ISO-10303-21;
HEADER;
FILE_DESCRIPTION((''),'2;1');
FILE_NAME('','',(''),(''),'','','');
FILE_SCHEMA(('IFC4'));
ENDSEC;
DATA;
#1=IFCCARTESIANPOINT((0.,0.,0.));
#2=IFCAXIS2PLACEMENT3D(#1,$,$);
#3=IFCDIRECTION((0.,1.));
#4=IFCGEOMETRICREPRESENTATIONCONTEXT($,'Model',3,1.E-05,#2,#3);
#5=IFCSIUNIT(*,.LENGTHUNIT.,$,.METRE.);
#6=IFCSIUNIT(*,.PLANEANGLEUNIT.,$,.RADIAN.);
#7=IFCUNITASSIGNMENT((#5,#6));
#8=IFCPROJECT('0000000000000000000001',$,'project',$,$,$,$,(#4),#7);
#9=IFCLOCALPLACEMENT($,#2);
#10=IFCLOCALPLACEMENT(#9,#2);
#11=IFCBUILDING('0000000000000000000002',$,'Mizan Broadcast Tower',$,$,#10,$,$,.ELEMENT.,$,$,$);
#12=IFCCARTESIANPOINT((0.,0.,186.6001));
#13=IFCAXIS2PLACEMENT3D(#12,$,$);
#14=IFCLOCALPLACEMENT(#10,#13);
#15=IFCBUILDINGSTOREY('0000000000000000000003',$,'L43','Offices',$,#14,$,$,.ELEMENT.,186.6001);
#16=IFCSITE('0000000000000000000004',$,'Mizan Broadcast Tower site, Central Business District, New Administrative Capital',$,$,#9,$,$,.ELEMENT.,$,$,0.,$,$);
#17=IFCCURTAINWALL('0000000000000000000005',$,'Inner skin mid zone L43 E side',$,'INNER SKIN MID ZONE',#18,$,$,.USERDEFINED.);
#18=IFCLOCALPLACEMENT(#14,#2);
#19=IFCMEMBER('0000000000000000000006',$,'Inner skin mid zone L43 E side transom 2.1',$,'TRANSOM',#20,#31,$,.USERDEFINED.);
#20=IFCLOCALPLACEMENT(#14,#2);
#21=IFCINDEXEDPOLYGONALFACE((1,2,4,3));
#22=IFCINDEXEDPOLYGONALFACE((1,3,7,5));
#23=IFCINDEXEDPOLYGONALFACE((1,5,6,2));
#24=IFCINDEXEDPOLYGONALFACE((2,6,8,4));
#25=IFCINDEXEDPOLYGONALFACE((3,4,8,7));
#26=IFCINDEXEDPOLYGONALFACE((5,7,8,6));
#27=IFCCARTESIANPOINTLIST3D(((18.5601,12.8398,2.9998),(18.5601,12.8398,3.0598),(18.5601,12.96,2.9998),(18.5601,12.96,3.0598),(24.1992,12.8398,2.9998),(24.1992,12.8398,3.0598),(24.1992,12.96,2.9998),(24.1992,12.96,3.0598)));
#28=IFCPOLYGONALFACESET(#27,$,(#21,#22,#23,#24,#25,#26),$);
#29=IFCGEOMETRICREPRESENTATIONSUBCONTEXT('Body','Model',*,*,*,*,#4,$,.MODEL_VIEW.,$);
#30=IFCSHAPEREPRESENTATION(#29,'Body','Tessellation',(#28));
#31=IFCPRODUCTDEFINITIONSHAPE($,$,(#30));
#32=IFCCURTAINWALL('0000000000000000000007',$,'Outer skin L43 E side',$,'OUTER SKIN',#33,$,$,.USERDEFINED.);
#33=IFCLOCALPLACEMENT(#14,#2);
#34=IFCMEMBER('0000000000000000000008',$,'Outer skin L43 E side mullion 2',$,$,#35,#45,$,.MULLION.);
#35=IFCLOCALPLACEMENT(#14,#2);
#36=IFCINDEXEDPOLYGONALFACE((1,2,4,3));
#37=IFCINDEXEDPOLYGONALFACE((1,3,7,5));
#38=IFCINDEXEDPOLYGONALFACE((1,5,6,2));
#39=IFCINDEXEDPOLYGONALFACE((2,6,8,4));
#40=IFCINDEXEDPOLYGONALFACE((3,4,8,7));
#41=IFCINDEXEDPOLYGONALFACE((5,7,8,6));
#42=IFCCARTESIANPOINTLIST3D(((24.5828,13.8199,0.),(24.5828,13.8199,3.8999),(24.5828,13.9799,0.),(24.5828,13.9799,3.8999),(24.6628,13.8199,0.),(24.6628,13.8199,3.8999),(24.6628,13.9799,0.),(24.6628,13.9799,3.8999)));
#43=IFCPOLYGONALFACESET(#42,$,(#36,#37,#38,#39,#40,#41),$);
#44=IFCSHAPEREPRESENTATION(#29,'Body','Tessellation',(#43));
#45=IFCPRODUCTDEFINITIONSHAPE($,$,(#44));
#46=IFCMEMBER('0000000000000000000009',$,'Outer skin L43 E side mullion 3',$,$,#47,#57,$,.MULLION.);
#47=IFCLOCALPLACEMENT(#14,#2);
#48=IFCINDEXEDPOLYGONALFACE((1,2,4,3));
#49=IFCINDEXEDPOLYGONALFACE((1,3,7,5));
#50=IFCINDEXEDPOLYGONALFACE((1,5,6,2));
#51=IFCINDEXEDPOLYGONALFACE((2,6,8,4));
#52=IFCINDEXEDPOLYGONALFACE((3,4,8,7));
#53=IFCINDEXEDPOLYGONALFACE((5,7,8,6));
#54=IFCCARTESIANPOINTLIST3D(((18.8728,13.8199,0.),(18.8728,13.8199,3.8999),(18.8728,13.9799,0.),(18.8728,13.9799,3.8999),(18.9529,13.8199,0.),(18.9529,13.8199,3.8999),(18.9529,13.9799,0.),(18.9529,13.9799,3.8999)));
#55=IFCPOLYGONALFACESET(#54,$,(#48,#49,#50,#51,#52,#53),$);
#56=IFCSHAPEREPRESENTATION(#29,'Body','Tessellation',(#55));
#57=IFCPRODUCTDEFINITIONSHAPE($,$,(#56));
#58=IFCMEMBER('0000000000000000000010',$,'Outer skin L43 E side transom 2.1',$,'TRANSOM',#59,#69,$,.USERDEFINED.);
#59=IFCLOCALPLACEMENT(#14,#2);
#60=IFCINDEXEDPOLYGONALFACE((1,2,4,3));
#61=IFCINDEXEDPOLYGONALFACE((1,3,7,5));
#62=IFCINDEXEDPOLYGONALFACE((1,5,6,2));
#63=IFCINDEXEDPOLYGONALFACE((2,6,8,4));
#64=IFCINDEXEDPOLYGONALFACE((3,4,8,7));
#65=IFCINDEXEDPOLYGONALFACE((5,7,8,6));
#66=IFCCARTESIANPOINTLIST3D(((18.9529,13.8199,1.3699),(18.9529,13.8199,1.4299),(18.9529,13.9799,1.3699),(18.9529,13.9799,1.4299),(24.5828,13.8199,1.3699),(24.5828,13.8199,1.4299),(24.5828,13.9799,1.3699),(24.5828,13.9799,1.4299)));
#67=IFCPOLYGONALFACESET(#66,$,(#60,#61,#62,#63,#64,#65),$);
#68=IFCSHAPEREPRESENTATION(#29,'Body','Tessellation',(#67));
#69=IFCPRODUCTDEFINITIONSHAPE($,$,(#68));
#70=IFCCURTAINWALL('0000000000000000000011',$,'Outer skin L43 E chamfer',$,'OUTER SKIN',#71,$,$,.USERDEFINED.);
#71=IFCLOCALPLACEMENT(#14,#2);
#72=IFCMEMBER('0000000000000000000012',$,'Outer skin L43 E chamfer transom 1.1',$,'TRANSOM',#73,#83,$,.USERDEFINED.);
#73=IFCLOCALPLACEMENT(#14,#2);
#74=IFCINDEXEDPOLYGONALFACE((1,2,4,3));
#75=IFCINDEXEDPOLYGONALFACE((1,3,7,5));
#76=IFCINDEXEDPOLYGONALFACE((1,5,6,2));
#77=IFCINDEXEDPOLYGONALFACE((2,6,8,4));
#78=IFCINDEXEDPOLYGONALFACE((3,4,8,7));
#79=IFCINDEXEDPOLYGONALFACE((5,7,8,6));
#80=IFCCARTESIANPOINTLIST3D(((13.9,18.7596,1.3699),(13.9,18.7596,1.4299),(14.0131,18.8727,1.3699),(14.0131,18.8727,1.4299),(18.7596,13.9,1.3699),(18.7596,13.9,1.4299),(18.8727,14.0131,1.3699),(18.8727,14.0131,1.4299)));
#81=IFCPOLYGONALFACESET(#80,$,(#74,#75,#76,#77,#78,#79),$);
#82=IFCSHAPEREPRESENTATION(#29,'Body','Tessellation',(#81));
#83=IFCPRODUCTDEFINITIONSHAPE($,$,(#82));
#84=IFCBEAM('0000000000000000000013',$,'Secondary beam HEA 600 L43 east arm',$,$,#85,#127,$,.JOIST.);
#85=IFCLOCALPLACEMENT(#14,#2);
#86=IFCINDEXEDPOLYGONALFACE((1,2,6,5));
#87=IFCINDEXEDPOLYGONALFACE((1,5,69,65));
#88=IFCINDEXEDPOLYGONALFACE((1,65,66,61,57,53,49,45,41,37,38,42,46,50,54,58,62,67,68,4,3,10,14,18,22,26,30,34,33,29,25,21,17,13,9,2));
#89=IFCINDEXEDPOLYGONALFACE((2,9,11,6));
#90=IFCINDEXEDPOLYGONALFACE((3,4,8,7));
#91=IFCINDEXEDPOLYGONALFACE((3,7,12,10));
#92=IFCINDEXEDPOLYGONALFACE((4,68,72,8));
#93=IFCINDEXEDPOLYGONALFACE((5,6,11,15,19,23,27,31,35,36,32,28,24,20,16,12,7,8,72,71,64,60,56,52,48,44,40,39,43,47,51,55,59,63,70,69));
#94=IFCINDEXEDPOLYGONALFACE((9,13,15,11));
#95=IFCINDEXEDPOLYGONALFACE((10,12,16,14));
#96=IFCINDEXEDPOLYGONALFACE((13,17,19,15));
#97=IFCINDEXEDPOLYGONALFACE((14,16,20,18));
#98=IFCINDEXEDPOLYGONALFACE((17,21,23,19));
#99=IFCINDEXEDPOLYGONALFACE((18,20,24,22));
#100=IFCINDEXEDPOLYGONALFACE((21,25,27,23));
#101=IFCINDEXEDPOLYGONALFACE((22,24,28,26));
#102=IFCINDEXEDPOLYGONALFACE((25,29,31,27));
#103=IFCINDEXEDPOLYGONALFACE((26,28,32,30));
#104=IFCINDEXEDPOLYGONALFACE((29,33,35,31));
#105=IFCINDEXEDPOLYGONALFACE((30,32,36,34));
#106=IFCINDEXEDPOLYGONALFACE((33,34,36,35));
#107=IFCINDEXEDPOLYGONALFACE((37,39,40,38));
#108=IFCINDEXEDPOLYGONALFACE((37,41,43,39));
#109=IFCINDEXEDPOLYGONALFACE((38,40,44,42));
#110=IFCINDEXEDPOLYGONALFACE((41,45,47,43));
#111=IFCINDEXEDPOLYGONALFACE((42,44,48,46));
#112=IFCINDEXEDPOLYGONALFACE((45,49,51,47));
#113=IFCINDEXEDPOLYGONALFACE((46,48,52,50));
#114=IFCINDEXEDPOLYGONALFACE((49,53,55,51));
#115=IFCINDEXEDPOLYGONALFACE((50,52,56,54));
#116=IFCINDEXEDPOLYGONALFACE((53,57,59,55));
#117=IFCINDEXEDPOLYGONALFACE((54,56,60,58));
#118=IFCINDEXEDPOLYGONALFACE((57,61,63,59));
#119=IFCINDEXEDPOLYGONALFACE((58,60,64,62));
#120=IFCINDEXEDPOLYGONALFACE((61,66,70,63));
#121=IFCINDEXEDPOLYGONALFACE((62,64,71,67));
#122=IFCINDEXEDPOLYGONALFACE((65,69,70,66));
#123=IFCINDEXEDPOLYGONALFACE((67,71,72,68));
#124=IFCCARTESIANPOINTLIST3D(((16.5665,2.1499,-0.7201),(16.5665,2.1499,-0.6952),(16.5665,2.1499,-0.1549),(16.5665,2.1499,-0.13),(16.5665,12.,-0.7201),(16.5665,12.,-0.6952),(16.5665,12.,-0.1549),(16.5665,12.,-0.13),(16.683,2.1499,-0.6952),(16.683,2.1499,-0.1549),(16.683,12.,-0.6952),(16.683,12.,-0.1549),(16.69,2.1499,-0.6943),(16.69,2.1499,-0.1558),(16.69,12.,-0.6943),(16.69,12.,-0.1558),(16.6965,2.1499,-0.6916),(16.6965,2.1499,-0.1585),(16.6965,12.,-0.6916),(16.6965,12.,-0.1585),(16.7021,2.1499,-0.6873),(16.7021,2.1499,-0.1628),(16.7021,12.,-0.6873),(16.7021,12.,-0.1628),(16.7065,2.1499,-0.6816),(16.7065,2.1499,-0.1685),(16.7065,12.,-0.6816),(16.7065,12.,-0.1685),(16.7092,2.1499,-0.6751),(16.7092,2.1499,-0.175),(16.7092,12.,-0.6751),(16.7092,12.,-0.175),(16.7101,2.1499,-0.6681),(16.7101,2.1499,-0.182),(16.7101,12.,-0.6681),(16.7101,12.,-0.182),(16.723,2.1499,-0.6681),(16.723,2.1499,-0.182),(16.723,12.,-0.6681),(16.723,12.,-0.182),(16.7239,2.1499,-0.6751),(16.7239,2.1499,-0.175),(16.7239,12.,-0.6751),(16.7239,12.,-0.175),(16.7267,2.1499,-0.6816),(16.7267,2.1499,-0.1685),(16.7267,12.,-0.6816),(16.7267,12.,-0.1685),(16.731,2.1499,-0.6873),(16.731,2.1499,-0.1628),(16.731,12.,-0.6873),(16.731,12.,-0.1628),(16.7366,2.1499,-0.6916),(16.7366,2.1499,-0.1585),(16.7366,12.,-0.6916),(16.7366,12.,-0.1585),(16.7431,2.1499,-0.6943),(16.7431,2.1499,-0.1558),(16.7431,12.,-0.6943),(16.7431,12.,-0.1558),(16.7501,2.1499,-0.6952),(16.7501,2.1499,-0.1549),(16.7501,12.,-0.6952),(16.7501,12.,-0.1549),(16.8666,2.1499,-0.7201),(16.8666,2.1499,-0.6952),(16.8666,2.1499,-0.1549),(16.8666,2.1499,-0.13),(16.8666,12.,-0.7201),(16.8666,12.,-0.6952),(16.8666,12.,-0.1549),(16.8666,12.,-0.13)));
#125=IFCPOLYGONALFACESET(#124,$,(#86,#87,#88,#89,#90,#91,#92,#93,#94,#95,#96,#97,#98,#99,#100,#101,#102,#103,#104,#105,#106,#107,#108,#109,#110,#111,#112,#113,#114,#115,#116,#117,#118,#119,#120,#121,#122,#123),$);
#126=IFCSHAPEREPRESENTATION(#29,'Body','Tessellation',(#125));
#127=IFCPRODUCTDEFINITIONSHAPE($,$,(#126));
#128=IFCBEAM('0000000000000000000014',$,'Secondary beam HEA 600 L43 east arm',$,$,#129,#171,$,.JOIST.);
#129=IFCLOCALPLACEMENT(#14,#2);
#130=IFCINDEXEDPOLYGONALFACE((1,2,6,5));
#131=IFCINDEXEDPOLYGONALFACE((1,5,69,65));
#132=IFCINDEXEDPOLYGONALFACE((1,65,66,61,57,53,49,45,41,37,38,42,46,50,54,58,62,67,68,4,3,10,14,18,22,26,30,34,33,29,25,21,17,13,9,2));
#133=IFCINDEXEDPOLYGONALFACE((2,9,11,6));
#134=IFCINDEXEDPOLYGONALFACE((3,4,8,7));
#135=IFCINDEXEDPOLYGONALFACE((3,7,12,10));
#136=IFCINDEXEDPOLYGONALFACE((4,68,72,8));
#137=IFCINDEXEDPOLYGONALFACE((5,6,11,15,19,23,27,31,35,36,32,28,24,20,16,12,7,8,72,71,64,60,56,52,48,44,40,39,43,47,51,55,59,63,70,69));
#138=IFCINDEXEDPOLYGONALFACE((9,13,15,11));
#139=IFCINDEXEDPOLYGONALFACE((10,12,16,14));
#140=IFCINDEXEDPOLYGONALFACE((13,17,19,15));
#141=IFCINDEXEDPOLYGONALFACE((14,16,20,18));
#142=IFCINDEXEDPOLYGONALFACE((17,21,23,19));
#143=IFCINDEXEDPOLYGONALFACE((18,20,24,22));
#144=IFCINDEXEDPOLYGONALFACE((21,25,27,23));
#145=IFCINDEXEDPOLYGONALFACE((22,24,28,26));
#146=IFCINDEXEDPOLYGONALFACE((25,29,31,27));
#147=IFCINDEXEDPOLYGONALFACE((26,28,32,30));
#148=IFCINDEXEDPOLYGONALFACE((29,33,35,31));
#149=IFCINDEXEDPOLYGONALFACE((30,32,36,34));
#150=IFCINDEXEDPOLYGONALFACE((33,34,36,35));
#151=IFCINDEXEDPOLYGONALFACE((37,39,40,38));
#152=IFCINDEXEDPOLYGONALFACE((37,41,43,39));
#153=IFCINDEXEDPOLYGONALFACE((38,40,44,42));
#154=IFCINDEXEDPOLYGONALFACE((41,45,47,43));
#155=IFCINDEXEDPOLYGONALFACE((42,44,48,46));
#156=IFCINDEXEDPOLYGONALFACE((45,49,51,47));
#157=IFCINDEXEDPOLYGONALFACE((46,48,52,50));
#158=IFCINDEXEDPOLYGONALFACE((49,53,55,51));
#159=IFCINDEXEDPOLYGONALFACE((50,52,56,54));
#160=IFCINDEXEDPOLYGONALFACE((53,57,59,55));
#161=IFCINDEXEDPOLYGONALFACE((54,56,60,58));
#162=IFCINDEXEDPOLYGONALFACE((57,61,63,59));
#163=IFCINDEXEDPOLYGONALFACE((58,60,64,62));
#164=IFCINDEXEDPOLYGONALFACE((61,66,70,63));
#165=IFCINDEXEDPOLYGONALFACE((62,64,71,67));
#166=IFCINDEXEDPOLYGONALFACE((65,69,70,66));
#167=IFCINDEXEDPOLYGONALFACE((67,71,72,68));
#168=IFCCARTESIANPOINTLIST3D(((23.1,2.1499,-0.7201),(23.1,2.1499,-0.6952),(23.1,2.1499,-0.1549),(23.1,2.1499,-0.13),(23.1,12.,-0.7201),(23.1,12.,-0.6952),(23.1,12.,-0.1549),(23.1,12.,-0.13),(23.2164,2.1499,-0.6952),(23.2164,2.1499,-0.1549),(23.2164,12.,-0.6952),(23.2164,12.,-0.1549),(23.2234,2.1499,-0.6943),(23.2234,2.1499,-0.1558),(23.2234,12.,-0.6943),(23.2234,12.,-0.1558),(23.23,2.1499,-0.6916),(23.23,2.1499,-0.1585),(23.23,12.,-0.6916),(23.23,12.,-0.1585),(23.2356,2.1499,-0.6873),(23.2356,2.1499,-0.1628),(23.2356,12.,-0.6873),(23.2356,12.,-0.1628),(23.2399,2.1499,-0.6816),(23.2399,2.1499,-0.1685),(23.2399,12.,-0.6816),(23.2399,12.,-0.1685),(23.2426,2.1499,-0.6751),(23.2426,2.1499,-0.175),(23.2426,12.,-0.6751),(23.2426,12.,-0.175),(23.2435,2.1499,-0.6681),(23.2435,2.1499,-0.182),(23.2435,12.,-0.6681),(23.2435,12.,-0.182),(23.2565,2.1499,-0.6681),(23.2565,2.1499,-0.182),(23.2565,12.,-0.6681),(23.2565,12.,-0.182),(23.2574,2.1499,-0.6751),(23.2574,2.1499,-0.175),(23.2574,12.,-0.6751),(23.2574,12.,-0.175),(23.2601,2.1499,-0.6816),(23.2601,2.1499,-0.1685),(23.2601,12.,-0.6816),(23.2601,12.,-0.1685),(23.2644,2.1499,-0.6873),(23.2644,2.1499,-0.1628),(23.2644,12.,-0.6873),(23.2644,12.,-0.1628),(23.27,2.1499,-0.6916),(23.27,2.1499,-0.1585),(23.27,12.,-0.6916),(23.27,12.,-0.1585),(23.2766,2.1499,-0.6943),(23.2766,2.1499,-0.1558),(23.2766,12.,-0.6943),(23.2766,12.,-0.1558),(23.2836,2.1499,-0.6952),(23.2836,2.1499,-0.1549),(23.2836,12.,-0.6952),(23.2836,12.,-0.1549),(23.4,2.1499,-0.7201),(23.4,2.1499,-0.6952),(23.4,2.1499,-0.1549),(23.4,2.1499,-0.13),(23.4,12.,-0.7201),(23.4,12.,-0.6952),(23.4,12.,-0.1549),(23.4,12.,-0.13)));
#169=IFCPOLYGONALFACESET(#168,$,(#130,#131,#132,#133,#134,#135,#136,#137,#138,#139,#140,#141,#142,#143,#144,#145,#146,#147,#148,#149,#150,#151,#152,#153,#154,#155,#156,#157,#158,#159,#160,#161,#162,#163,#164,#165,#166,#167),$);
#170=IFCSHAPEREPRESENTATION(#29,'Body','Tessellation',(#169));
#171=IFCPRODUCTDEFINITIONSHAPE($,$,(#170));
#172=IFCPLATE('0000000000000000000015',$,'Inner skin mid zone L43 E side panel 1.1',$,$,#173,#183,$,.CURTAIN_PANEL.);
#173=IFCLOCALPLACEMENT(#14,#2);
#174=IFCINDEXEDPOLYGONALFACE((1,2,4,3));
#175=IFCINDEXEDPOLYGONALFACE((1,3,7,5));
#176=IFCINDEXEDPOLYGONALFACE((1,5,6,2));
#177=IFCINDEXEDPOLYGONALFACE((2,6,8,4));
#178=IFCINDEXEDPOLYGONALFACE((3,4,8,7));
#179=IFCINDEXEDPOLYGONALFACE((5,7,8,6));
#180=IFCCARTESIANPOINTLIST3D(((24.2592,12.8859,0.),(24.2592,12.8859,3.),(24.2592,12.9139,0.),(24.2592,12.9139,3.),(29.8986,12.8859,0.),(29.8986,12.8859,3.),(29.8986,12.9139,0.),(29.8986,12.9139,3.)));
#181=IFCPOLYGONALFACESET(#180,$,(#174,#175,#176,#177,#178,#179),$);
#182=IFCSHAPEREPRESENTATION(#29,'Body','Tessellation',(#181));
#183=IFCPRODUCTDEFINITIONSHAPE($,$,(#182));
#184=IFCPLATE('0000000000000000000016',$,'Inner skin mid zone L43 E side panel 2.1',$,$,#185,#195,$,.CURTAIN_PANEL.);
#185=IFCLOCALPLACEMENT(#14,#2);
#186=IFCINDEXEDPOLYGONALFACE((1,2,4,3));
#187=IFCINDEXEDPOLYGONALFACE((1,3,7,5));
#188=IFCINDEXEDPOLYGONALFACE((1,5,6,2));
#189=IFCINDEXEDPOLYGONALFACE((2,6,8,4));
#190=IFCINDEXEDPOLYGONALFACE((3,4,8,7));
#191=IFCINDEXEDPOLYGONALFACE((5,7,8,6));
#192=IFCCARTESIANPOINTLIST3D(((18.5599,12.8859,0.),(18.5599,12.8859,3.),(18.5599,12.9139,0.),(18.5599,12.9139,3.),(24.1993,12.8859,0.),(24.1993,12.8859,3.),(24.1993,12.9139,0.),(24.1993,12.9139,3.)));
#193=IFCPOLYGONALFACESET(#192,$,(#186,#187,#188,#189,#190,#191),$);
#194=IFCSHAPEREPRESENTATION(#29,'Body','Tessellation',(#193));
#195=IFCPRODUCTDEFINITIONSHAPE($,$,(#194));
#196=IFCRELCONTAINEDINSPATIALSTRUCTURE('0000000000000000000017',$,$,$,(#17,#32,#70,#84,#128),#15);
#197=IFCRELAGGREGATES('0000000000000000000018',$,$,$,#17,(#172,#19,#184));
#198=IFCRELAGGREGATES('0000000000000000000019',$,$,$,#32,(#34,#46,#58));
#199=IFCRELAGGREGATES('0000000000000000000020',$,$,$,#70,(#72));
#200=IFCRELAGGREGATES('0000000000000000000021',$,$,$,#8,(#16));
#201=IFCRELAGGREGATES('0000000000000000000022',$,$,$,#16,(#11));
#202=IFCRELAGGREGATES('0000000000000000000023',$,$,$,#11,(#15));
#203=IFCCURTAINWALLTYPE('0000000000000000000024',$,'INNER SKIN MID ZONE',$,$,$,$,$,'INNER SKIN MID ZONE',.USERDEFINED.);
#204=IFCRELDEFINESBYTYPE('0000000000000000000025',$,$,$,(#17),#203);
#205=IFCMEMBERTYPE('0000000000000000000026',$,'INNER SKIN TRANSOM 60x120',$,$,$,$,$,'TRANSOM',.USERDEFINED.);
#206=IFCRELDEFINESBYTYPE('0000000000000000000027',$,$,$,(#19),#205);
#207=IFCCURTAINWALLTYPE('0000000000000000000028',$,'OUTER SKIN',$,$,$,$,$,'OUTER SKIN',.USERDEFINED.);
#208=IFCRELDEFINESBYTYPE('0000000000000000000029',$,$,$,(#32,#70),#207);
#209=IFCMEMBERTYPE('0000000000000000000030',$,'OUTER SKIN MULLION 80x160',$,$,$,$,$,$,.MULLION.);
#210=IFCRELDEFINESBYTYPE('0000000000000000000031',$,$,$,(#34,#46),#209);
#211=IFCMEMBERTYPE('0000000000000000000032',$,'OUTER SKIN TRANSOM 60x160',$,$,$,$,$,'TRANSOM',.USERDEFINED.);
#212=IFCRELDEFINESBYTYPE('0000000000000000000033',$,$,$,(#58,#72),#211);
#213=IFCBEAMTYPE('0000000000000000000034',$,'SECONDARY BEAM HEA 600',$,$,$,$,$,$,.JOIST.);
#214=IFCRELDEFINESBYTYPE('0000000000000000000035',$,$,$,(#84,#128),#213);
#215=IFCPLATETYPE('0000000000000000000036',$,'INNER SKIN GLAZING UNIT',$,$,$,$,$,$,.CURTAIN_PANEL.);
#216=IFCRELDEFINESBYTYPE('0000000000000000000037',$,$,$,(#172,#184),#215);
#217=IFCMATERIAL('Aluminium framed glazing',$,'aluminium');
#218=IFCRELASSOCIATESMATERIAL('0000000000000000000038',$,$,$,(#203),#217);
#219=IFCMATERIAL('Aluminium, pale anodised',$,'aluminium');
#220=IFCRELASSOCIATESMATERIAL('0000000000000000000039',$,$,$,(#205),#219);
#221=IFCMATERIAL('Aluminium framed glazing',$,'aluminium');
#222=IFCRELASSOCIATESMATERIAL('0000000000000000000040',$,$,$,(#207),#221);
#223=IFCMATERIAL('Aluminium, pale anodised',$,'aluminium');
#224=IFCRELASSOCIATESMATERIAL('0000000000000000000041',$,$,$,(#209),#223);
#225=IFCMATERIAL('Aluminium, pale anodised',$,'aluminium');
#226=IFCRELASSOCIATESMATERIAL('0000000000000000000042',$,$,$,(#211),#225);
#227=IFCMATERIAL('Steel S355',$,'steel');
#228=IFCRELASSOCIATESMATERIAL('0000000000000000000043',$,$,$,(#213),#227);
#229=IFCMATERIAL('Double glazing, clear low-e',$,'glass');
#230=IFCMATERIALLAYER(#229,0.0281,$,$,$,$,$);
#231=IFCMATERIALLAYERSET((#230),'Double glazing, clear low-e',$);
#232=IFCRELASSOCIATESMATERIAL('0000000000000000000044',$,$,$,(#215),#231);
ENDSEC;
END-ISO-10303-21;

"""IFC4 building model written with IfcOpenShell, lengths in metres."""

from ifc_helpers import new_model, si_unit, direction, frame, origin, origin_2d, place, context, subcontext, project, spatial, rectangle, i_section, extrude, material, layer, layer_set, material_profile, profile_set, type_object, element, aggregate, save


model = new_model("IFC4")

# Units and contexts
model_context = context("Model", 3, precision=1e-05, world=origin(), true_north=direction((0.0, 1.0)))
body_context = subcontext(model_context, "Body", "Model", "MODEL_VIEW")
ifc_project = project(units=[si_unit("LENGTHUNIT", "METRE"), si_unit("PLANEANGLEUNIT", "RADIAN")], contexts=[model_context])

# Site, building, storey
site_placement = place(None, origin())
site = spatial("IfcSite", under=ifc_project, at=site_placement, Name="Mizan Broadcast Tower site, Central Business District, New Administrative Capital", CompositionType="ELEMENT", RefElevation=0.0)
building_placement = place(site_placement, origin())
building = spatial("IfcBuilding", under=site, at=building_placement, Name="Mizan Broadcast Tower", CompositionType="ELEMENT")
storey_placement = place(building_placement, frame((0.0, 0.0, 186.6001)))
storey = spatial("IfcBuildingStorey", under=building, at=storey_placement, Name="L43", Description="Offices", CompositionType="ELEMENT", Elevation=186.6001)

# Curtain walls, members
ifc_material_1 = material(Name="Aluminium framed glazing", Category="aluminium")
curtain_wall_type_1 = type_object("IfcCurtainWallType", Name="INNER SKIN MID ZONE", ElementType="INNER SKIN MID ZONE", PredefinedType="USERDEFINED", material=ifc_material_1)
curtain_wall_1_placement = place(storey_placement, origin())
curtain_wall_1 = element("IfcCurtainWall", 1, at=curtain_wall_1_placement, inside=storey, type_object=curtain_wall_type_1, Name="Inner skin mid zone L43 E side", ObjectType="INNER SKIN MID ZONE", PredefinedType="USERDEFINED")
ifc_material_2 = material(Name="Aluminium, pale anodised", Category="aluminium")
ifc_material_profile_1 = material_profile(ifc_material_2, rectangle(XDim=0.1201, YDim=0.0601, at=origin_2d()), Name="TRANSOM 120x60")
ifc_profile_set_1 = profile_set([ifc_material_profile_1], Name="Aluminium, pale anodised")
member_type_1 = type_object("IfcMemberType", Name="INNER SKIN TRANSOM 60x120", ElementType="TRANSOM", PredefinedType="USERDEFINED", material=ifc_profile_set_1)
member_1_placement = place(storey_placement, frame((24.1992, 12.8999, 3.0298), z_axis=(-1.0, 0.0, 0.0), x_axis=(0.0, -1.0, 0.0)))
member_1 = element("IfcMember", 2, at=member_1_placement, type_object=member_type_1, Name="Inner skin mid zone L43 E side transom 2.1", ObjectType="TRANSOM", PredefinedType="USERDEFINED", context=body_context, shape_type="SweptSolid", body=[
    extrude(rectangle(XDim=0.1201, YDim=0.0601, at=origin_2d()), origin(), (0.0, 0.0, 1.0), 5.6392),
])
ifc_material_3 = material(Name="Aluminium framed glazing", Category="aluminium")
curtain_wall_type_2 = type_object("IfcCurtainWallType", Name="OUTER SKIN", ElementType="OUTER SKIN", PredefinedType="USERDEFINED", material=ifc_material_3)
curtain_wall_2_placement = place(storey_placement, origin())
curtain_wall_2 = element("IfcCurtainWall", 3, at=curtain_wall_2_placement, inside=storey, type_object=curtain_wall_type_2, Name="Outer skin L43 E side", ObjectType="OUTER SKIN", PredefinedType="USERDEFINED")
ifc_material_4 = material(Name="Aluminium, pale anodised", Category="aluminium")
ifc_material_profile_2 = material_profile(ifc_material_4, rectangle(XDim=0.1599, YDim=0.0801, at=origin_2d()), Name="MULLION 160x80")
ifc_profile_set_2 = profile_set([ifc_material_profile_2], Name="Aluminium, pale anodised")
member_type_2 = type_object("IfcMemberType", Name="OUTER SKIN MULLION 80x160", PredefinedType="MULLION", material=ifc_profile_set_2)
member_2_placement = place(storey_placement, frame((24.6228, 13.8999, 0.0), z_axis=(0.0, 0.0, 1.0), x_axis=(0.0, -1.0, 0.0)))
member_2 = element("IfcMember", 4, at=member_2_placement, type_object=member_type_2, Name="Outer skin L43 E side mullion 2", PredefinedType="MULLION", context=body_context, shape_type="SweptSolid", body=[
    extrude(rectangle(XDim=0.1599, YDim=0.0801, at=origin_2d()), origin(), (0.0, 0.0, 1.0), 3.8999),
])
member_3_placement = place(storey_placement, frame((18.9128, 13.8999, 0.0), z_axis=(0.0, 0.0, 1.0), x_axis=(0.0, -1.0, 0.0)))
member_3 = element("IfcMember", 5, at=member_3_placement, type_object=member_type_2, Name="Outer skin L43 E side mullion 3", PredefinedType="MULLION", context=body_context, shape_type="SweptSolid", body=[
    extrude(rectangle(XDim=0.1599, YDim=0.0801, at=origin_2d()), origin(), (0.0, 0.0, 1.0), 3.8999),
])
ifc_material_5 = material(Name="Aluminium, pale anodised", Category="aluminium")
ifc_material_profile_3 = material_profile(ifc_material_5, rectangle(XDim=0.1599, YDim=0.0601, at=origin_2d()), Name="TRANSOM 160x60")
ifc_profile_set_3 = profile_set([ifc_material_profile_3], Name="Aluminium, pale anodised")
member_type_3 = type_object("IfcMemberType", Name="OUTER SKIN TRANSOM 60x160", ElementType="TRANSOM", PredefinedType="USERDEFINED", material=ifc_profile_set_3)
member_4_placement = place(storey_placement, frame((24.5828, 13.8999, 1.3999), z_axis=(-1.0, 0.0, 0.0), x_axis=(0.0, -1.0, 0.0)))
member_4 = element("IfcMember", 6, at=member_4_placement, type_object=member_type_3, Name="Outer skin L43 E side transom 2.1", ObjectType="TRANSOM", PredefinedType="USERDEFINED", context=body_context, shape_type="SweptSolid", body=[
    extrude(rectangle(XDim=0.1599, YDim=0.0601, at=origin_2d()), origin(), (0.0, 0.0, 1.0), 5.6299),
])

# Curtain wall, member
curtain_wall_3_placement = place(storey_placement, origin())
curtain_wall_3 = element("IfcCurtainWall", 7, at=curtain_wall_3_placement, inside=storey, type_object=curtain_wall_type_2, Name="Outer skin L43 E chamfer", ObjectType="OUTER SKIN", PredefinedType="USERDEFINED")
member_5_placement = place(storey_placement, frame((18.8162, 13.9565, 1.3999), z_axis=(-0.707107, 0.707107, 0.0), x_axis=(-0.707107, -0.707107, 0.0)))
member_5 = element("IfcMember", 8, at=member_5_placement, type_object=member_type_3, Name="Outer skin L43 E chamfer transom 1.1", ObjectType="TRANSOM", PredefinedType="USERDEFINED", context=body_context, shape_type="SweptSolid", body=[
    extrude(rectangle(XDim=0.1599, YDim=0.0601, at=origin_2d()), origin(), (0.0, 0.0, 1.0), 6.8726),
])

# Beams
ifc_material_6 = material(Name="Steel S355", Category="steel")
ifc_material_profile_4 = material_profile(ifc_material_6, i_section(OverallWidth=0.3, OverallDepth=0.5901, WebThickness=0.0129, FlangeThickness=0.0249, FilletRadius=0.0271, at=origin_2d()), Name="HEA 600")
ifc_profile_set_4 = profile_set([ifc_material_profile_4], Name="Steel S355")
beam_type_1 = type_object("IfcBeamType", Name="SECONDARY BEAM HEA 600", PredefinedType="JOIST", material=ifc_profile_set_4)
for number, where, z_axis, x_axis, name in (
    (9, (16.7166, 12.0, -0.425), (0.0, -1.0, 0.0), (1.0, 0.0, 0.0), "Secondary beam HEA 600 L43 east arm"),
    (10, (23.25, 12.0, -0.425), (0.0, -1.0, 0.0), (1.0, 0.0, 0.0), "Secondary beam HEA 600 L43 east arm"),
):
    element("IfcBeam", number, at=place(storey_placement, frame(where, z_axis=z_axis, x_axis=x_axis)), inside=storey, type_object=beam_type_1, Name=name, PredefinedType="JOIST", context=body_context, shape_type="SweptSolid", body=[
        extrude(i_section(OverallWidth=0.3, OverallDepth=0.5901, WebThickness=0.0129, FlangeThickness=0.0249, FilletRadius=0.0271, at=origin_2d()), origin(), (0.0, 0.0, 1.0), 9.8501),
    ])

# Plates
ifc_material_7 = material(Name="Double glazing, clear low-e", Category="glass")
ifc_layer_1 = layer(ifc_material_7, 0.0281)
ifc_layer_set_1 = layer_set([ifc_layer_1], Name="Double glazing, clear low-e")
plate_type_1 = type_object("IfcPlateType", Name="INNER SKIN GLAZING UNIT", PredefinedType="CURTAIN_PANEL", material=ifc_layer_set_1)
plate_1_placement = place(storey_placement, frame((27.0789, 12.8999, 0.0), z_axis=(0.0, 0.0, 1.0), x_axis=(-1.0, 0.0, 0.0)))
plate_1 = element("IfcPlate", 11, at=plate_1_placement, type_object=plate_type_1, Name="Inner skin mid zone L43 E side panel 1.1", PredefinedType="CURTAIN_PANEL", context=body_context, shape_type="SweptSolid", body=[
    extrude(rectangle(XDim=5.6394, YDim=0.0281, at=origin_2d()), origin(), (0.0, 0.0, 1.0), 3.0),
])
plate_2_placement = place(storey_placement, frame((21.3796, 12.8999, 0.0), z_axis=(0.0, 0.0, 1.0), x_axis=(-1.0, 0.0, 0.0)))
plate_2 = element("IfcPlate", 12, at=plate_2_placement, type_object=plate_type_1, Name="Inner skin mid zone L43 E side panel 2.1", PredefinedType="CURTAIN_PANEL", context=body_context, shape_type="SweptSolid", body=[
    extrude(rectangle(XDim=5.6394, YDim=0.0281, at=origin_2d()), origin(), (0.0, 0.0, 1.0), 3.0),
])
aggregate(curtain_wall_1, [plate_1, member_1, plate_2])
aggregate(curtain_wall_2, [member_2, member_3, member_4])
aggregate(curtain_wall_3, [member_5])

save(model, "model.ifc")
